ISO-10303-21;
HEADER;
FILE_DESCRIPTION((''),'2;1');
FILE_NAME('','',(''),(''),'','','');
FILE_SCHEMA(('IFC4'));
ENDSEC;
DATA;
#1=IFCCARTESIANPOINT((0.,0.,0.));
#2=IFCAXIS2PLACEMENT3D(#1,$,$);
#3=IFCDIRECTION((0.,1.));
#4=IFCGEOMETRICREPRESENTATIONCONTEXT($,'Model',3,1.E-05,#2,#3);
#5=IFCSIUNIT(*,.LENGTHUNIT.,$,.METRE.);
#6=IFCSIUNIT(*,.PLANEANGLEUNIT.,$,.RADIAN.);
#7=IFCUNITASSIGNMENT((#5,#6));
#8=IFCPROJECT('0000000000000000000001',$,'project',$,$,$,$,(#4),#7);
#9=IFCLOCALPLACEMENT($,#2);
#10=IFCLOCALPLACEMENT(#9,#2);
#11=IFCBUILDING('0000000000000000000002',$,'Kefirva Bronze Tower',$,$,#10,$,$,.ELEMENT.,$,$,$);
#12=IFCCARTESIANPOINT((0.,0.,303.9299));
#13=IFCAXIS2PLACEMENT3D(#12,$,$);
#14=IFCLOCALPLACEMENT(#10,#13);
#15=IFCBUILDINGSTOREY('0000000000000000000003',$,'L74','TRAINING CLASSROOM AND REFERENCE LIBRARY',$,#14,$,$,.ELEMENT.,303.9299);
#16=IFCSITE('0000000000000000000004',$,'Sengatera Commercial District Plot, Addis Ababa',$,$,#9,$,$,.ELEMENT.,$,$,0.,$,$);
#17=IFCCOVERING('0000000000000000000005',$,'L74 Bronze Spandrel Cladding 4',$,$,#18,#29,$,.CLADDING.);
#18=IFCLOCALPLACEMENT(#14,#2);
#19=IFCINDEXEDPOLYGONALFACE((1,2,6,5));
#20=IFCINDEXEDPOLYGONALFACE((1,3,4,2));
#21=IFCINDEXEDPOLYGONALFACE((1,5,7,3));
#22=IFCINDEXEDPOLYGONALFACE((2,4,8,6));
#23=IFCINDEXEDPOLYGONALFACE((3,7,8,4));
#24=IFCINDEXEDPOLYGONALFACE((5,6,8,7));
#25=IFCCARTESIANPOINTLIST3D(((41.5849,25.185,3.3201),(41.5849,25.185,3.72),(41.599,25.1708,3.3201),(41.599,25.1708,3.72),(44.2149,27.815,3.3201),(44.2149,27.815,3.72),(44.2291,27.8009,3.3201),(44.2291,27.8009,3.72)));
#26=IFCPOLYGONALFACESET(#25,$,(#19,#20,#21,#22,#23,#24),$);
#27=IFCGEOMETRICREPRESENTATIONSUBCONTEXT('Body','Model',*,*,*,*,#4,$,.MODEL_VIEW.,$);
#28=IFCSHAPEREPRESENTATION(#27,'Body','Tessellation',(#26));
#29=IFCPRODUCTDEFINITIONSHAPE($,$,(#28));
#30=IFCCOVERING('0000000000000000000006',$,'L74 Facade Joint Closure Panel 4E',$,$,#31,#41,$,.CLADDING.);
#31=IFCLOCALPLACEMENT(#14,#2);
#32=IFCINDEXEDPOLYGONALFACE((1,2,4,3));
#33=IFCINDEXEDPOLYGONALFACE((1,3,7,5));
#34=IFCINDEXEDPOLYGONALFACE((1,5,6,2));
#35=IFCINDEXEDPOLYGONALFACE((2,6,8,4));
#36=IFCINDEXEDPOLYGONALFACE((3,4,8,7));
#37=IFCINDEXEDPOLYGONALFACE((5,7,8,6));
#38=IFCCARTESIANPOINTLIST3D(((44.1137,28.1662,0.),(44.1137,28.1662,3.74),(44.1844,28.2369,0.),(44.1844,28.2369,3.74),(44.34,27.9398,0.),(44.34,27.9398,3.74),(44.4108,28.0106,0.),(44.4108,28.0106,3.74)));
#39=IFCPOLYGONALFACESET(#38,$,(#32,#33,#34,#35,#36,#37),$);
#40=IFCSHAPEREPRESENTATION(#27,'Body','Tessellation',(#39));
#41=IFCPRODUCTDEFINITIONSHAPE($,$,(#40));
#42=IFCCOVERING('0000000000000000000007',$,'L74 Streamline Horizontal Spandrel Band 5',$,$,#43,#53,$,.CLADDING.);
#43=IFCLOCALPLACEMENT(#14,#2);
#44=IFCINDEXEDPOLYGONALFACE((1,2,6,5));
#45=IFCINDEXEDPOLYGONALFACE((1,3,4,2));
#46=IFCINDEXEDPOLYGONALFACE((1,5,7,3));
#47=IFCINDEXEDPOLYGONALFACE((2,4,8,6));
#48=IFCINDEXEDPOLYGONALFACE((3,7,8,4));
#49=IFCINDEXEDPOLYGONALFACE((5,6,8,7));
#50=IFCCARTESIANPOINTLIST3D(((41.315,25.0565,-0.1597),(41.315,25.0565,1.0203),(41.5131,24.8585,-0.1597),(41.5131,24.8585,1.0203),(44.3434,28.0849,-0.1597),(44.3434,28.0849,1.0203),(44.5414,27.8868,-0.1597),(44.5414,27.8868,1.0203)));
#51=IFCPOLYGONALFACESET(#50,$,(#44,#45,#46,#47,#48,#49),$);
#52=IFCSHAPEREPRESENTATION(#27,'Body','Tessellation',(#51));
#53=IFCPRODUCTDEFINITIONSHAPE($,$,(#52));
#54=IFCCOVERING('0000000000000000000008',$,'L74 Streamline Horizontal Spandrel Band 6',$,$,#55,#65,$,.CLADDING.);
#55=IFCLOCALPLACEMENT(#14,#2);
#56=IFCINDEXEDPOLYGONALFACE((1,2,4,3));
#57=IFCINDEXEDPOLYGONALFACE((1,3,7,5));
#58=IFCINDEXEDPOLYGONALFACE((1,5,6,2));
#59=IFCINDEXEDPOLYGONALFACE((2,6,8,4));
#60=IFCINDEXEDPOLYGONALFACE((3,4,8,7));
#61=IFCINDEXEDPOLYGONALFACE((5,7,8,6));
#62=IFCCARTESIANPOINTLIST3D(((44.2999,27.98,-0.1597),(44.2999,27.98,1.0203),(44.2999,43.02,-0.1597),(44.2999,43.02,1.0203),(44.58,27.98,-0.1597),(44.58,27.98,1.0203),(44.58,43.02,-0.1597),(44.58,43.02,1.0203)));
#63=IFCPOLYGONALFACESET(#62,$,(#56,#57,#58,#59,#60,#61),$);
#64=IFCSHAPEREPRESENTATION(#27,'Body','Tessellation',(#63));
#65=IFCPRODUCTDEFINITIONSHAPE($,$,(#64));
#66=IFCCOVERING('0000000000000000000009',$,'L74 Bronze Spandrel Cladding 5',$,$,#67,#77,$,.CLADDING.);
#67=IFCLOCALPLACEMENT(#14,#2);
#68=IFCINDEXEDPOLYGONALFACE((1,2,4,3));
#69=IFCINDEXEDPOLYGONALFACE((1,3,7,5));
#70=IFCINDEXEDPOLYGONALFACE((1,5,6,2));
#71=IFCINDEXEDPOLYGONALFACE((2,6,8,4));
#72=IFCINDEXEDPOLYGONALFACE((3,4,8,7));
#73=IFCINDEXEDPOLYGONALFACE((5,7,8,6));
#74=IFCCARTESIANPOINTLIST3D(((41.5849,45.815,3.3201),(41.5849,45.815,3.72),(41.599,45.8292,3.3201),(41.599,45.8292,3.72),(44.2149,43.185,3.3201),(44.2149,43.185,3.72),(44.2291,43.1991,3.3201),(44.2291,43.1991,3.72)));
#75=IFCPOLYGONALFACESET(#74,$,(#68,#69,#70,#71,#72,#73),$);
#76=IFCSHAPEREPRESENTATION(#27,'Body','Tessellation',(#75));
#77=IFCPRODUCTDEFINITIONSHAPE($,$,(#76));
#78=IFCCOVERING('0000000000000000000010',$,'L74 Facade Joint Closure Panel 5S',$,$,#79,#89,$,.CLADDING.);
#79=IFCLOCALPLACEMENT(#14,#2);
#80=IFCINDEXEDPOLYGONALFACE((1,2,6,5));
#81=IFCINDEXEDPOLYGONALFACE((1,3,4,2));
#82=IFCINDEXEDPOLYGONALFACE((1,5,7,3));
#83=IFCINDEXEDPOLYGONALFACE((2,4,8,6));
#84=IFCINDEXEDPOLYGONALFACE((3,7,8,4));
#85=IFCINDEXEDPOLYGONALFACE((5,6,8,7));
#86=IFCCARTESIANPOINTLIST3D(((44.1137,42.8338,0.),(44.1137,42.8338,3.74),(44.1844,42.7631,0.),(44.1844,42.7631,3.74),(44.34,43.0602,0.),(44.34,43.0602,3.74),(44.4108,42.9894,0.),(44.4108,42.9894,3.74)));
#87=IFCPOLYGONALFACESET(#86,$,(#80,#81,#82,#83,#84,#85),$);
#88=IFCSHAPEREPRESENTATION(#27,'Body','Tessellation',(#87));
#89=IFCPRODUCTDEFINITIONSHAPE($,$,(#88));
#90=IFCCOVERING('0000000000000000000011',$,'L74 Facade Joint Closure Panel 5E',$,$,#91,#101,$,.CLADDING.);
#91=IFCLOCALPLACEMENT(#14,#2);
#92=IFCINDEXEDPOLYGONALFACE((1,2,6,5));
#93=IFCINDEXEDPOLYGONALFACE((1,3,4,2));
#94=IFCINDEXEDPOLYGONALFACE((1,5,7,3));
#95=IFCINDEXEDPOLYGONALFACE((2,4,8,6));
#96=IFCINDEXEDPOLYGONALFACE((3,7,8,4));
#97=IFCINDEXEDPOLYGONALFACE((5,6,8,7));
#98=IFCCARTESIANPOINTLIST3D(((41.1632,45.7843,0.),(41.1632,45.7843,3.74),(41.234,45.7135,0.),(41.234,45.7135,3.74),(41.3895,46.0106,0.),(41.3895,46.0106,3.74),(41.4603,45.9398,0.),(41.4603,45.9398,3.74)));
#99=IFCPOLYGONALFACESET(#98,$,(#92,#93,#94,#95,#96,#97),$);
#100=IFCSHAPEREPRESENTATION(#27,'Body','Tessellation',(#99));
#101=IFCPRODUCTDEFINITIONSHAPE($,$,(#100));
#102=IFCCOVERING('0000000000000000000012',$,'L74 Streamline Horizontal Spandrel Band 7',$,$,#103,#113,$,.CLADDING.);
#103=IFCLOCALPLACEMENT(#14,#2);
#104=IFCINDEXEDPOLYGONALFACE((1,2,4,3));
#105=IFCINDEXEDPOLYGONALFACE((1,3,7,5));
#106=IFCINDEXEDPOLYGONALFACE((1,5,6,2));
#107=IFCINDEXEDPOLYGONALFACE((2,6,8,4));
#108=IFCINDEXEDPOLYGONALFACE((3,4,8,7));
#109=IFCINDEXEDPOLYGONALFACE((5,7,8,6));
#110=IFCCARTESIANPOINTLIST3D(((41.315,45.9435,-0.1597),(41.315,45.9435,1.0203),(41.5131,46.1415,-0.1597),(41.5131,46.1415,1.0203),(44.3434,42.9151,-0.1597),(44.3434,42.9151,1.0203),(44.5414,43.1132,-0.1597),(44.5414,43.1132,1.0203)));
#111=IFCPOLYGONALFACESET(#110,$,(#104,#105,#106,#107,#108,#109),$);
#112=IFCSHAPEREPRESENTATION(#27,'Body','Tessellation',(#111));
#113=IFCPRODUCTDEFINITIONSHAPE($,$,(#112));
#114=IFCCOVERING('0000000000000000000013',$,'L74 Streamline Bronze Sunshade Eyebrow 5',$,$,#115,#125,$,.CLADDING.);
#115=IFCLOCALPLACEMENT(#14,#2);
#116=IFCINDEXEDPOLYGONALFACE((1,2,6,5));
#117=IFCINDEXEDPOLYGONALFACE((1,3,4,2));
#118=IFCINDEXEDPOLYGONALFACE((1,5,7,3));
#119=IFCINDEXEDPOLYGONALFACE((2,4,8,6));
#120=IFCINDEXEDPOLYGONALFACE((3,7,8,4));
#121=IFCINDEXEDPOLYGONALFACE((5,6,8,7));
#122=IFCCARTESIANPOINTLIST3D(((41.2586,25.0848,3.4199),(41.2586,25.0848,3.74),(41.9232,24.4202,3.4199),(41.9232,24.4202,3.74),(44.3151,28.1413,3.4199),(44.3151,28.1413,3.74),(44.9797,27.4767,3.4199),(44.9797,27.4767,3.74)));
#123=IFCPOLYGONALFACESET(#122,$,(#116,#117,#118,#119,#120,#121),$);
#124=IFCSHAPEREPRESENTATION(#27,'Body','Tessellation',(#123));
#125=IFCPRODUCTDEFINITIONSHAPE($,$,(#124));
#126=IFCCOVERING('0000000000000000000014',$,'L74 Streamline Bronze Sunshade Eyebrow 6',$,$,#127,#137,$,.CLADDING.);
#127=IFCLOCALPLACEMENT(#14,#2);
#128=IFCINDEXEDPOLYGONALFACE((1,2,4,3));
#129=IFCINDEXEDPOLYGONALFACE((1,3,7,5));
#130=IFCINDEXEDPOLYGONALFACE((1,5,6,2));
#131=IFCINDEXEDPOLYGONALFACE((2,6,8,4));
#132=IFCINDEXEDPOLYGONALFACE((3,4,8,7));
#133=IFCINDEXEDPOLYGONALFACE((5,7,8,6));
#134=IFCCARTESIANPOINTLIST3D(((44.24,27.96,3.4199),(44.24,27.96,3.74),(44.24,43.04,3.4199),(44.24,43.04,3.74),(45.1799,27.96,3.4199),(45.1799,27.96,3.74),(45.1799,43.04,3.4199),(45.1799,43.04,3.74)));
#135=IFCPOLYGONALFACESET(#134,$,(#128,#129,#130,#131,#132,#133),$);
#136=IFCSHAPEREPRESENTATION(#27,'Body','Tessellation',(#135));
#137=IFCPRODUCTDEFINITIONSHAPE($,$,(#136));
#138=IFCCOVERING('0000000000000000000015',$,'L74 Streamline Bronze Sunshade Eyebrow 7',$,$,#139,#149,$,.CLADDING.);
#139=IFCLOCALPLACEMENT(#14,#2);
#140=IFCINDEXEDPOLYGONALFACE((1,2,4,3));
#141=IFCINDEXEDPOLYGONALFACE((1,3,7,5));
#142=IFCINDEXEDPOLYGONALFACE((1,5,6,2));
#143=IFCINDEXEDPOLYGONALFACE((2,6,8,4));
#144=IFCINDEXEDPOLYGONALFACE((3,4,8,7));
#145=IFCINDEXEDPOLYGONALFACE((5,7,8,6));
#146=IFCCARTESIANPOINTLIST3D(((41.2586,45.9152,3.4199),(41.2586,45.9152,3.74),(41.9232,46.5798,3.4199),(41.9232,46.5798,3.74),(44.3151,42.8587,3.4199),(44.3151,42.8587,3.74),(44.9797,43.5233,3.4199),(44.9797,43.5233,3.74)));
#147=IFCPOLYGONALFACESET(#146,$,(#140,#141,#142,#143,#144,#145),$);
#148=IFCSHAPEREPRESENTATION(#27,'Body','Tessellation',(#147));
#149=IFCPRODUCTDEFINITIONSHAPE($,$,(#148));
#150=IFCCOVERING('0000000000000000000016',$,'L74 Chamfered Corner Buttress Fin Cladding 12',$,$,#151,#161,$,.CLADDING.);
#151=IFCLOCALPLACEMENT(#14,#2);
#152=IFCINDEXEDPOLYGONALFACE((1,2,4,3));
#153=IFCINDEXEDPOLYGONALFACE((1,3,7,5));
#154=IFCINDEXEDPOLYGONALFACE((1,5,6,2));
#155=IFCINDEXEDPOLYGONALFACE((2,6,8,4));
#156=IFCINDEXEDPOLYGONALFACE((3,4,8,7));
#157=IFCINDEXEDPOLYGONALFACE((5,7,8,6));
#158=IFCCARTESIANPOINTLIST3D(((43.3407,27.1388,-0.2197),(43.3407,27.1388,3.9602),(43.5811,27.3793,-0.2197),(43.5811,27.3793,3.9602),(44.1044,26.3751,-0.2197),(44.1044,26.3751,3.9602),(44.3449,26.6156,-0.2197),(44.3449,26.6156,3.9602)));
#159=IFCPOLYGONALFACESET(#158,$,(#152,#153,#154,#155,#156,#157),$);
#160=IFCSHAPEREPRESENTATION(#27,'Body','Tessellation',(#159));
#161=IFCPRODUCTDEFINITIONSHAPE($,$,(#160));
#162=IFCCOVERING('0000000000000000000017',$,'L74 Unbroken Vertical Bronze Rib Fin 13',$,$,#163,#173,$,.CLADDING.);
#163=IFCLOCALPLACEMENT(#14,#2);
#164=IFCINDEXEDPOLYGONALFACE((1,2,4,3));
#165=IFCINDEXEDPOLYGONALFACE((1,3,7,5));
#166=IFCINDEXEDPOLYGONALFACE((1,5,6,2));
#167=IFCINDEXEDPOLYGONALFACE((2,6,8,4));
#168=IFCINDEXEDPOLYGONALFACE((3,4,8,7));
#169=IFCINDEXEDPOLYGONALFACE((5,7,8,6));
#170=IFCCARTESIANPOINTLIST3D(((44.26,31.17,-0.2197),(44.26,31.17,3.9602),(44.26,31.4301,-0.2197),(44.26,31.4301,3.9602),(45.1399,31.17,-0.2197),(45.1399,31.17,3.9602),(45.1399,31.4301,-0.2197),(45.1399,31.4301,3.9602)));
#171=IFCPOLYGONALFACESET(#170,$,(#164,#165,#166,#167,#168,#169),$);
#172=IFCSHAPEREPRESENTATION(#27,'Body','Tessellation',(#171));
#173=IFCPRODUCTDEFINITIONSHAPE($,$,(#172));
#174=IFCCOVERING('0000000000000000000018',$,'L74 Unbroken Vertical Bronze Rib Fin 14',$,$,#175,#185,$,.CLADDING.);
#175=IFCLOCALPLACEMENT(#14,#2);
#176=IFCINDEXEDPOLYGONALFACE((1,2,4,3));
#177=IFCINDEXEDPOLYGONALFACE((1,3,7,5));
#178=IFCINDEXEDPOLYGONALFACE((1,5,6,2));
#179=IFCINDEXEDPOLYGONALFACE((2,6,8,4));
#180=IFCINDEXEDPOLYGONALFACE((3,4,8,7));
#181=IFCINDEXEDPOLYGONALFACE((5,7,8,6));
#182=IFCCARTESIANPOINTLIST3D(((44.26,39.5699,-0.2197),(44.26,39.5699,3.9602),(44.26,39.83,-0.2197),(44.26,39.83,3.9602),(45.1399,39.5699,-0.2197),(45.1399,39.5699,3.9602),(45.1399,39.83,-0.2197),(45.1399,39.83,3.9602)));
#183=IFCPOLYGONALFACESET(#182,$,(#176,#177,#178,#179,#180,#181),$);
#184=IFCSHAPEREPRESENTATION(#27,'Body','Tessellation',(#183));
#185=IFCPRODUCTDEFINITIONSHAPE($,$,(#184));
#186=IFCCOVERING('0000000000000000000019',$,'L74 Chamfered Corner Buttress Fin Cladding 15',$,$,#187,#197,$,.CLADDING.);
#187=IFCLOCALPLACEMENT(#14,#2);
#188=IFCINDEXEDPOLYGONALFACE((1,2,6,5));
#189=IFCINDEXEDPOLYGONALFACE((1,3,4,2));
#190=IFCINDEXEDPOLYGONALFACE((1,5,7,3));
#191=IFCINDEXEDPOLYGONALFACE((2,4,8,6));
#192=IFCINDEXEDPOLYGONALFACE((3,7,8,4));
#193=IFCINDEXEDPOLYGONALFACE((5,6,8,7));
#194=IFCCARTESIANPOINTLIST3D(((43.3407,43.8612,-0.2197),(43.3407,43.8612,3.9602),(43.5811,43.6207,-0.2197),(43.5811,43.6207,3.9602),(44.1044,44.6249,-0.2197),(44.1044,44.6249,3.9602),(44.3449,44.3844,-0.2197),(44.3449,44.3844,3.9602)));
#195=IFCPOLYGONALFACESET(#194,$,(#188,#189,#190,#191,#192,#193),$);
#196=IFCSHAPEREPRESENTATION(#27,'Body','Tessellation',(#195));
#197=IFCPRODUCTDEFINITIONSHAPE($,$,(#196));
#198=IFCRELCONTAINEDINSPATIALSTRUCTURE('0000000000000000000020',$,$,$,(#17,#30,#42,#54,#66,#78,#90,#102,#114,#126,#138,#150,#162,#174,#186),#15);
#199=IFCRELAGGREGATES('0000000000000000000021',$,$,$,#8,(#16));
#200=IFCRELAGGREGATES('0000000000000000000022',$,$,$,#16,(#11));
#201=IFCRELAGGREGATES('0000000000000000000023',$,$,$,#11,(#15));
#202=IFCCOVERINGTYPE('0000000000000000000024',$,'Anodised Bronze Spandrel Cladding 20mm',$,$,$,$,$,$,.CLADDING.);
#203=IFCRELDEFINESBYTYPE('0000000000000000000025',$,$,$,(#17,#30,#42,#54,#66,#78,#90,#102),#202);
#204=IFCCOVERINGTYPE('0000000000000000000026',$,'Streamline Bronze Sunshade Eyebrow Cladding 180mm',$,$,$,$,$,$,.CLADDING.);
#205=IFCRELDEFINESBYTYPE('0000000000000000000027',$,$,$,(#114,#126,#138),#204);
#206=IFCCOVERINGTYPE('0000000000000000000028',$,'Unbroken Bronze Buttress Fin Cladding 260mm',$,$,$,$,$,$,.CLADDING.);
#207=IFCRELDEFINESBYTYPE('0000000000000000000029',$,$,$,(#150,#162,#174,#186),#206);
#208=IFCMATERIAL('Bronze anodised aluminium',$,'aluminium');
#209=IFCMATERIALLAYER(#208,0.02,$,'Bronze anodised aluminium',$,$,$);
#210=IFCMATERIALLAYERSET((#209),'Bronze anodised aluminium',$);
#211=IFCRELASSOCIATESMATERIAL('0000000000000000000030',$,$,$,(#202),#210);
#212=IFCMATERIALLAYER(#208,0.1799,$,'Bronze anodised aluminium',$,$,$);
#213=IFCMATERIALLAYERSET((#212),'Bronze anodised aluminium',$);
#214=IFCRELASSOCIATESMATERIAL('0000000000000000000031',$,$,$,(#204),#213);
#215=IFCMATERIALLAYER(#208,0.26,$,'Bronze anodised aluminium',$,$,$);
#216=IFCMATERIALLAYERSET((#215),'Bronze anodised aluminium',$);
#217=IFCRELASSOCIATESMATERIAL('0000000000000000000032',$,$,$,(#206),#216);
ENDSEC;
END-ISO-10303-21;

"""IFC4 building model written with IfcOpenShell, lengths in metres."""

from ifc_helpers import new_model, si_unit, direction, frame, origin, origin_2d, place, context, subcontext, project, spatial, rectangle, extrude, material, layer, layer_set, type_object, element, save


model = new_model("IFC4")

# Units and contexts
model_context = context("Model", 3, precision=1e-05, world=origin(), true_north=direction((0.0, 1.0)))
body_context = subcontext(model_context, "Body", "Model", "MODEL_VIEW")
ifc_project = project(units=[si_unit("LENGTHUNIT", "METRE"), si_unit("PLANEANGLEUNIT", "RADIAN")], contexts=[model_context])

# Site, building, storey
site_placement = place(None, origin())
site = spatial("IfcSite", under=ifc_project, at=site_placement, Name="Sengatera Commercial District Plot, Addis Ababa", CompositionType="ELEMENT", RefElevation=0.0)
building_placement = place(site_placement, origin())
building = spatial("IfcBuilding", under=site, at=building_placement, Name="Kefirva Bronze Tower", CompositionType="ELEMENT")
storey_placement = place(building_placement, frame((0.0, 0.0, 303.9299)))
storey = spatial("IfcBuildingStorey", under=building, at=storey_placement, Name="L74", Description="TRAINING CLASSROOM AND REFERENCE LIBRARY", CompositionType="ELEMENT", Elevation=303.9299)

# Shared definitions
ifc_material_1 = material(Name="Bronze anodised aluminium", Category="aluminium")

# Coverings
ifc_layer_1 = layer(ifc_material_1, 0.02, Name="Bronze anodised aluminium")
ifc_layer_set_1 = layer_set([ifc_layer_1], Name="Bronze anodised aluminium")
covering_type_1 = type_object("IfcCoveringType", Name="Anodised Bronze Spandrel Cladding 20mm", PredefinedType="CLADDING", material=ifc_layer_set_1)
covering_1_placement = place(storey_placement, frame((42.907, 26.4929, 3.3201), z_axis=(0.0, 0.0, 1.0), x_axis=(0.707107, 0.707107, 0.0)))
element("IfcCovering", 1, at=covering_1_placement, inside=storey, type_object=covering_type_1, Name="L74 Bronze Spandrel Cladding 4", PredefinedType="CLADDING", context=body_context, shape_type="SweptSolid", body=[
    extrude(rectangle(XDim=3.7195, YDim=0.02, at=origin_2d()), origin(), (0.0, 0.0, 1.0), 0.3999),
])
covering_2_placement = place(storey_placement, frame((44.2622, 28.0884, 0.0), z_axis=(0.0, 0.0, 1.0), x_axis=(0.707107, 0.707107, 0.0)))
element("IfcCovering", 2, at=covering_2_placement, inside=storey, type_object=covering_type_1, Name="L74 Facade Joint Closure Panel 4E", PredefinedType="CLADDING", context=body_context, shape_type="SweptSolid", body=[
    extrude(rectangle(XDim=0.1001, YDim=0.3201, at=origin_2d()), origin(), (0.0, 0.0, 1.0), 3.74),
])
covering_3_placement = place(storey_placement, frame((42.9282, 26.4717, -0.1597), z_axis=(0.0, 0.0, 1.0), x_axis=(0.707107, 0.707107, 0.0)))
element("IfcCovering", 3, at=covering_3_placement, inside=storey, type_object=covering_type_1, Name="L74 Streamline Horizontal Spandrel Band 5", PredefinedType="CLADDING", context=body_context, shape_type="SweptSolid", body=[
    extrude(rectangle(XDim=4.2827, YDim=0.28, at=origin_2d()), origin(), (0.0, 0.0, 1.0), 1.1799),
])
covering_4_placement = place(storey_placement, frame((44.4399, 35.5, -0.1597), z_axis=(0.0, 0.0, 1.0), x_axis=(0.0, 1.0, 0.0)))
element("IfcCovering", 4, at=covering_4_placement, inside=storey, type_object=covering_type_1, Name="L74 Streamline Horizontal Spandrel Band 6", PredefinedType="CLADDING", context=body_context, shape_type="SweptSolid", body=[
    extrude(rectangle(XDim=15.04, YDim=0.28, at=origin_2d()), origin(), (0.0, 0.0, 1.0), 1.1799),
])
covering_5_placement = place(storey_placement, frame((42.907, 44.5071, 3.3201), z_axis=(0.0, 0.0, 1.0), x_axis=(-0.707107, 0.707107, 0.0)))
element("IfcCovering", 5, at=covering_5_placement, inside=storey, type_object=covering_type_1, Name="L74 Bronze Spandrel Cladding 5", PredefinedType="CLADDING", context=body_context, shape_type="SweptSolid", body=[
    extrude(rectangle(XDim=3.7195, YDim=0.02, at=origin_2d()), origin(), (0.0, 0.0, 1.0), 0.3999),
])
for number, where, z_axis, x_axis, name in (
    (6, (44.2622, 42.9116, 0.0), (0.0, 0.0, 1.0), (-0.707107, 0.707107, 0.0), "L74 Facade Joint Closure Panel 5S"),
    (7, (41.3118, 45.8621, 0.0), (0.0, 0.0, 1.0), (-0.707107, 0.707107, 0.0), "L74 Facade Joint Closure Panel 5E"),
):
    element("IfcCovering", number, at=place(storey_placement, frame(where, z_axis=z_axis, x_axis=x_axis)), inside=storey, type_object=covering_type_1, Name=name, PredefinedType="CLADDING", context=body_context, shape_type="SweptSolid", body=[
        extrude(rectangle(XDim=0.1001, YDim=0.3201, at=origin_2d()), origin(), (0.0, 0.0, 1.0), 3.74),
    ])
covering_6_placement = place(storey_placement, frame((42.9282, 44.5283, -0.1597), z_axis=(0.0, 0.0, 1.0), x_axis=(-0.707107, 0.707107, 0.0)))
element("IfcCovering", 8, at=covering_6_placement, inside=storey, type_object=covering_type_1, Name="L74 Streamline Horizontal Spandrel Band 7", PredefinedType="CLADDING", context=body_context, shape_type="SweptSolid", body=[
    extrude(rectangle(XDim=4.2827, YDim=0.28, at=origin_2d()), origin(), (0.0, 0.0, 1.0), 1.1799),
])
ifc_layer_2 = layer(ifc_material_1, 0.1799, Name="Bronze anodised aluminium")
ifc_layer_set_2 = layer_set([ifc_layer_2], Name="Bronze anodised aluminium")
covering_type_2 = type_object("IfcCoveringType", Name="Streamline Bronze Sunshade Eyebrow Cladding 180mm", PredefinedType="CLADDING", material=ifc_layer_set_2)
covering_7_placement = place(storey_placement, frame((43.1191, 26.2808, 3.4199), z_axis=(0.0, 0.0, 1.0), x_axis=(0.707107, 0.707107, 0.0)))
element("IfcCovering", 9, at=covering_7_placement, inside=storey, type_object=covering_type_2, Name="L74 Streamline Bronze Sunshade Eyebrow 5", PredefinedType="CLADDING", context=body_context, shape_type="SweptSolid", body=[
    extrude(rectangle(XDim=4.3225, YDim=0.9399, at=origin_2d()), origin(), (0.0, 0.0, 1.0), 0.3201),
])
covering_8_placement = place(storey_placement, frame((44.71, 35.5, 3.4199), z_axis=(0.0, 0.0, 1.0), x_axis=(0.0, 1.0, 0.0)))
element("IfcCovering", 10, at=covering_8_placement, inside=storey, type_object=covering_type_2, Name="L74 Streamline Bronze Sunshade Eyebrow 6", PredefinedType="CLADDING", context=body_context, shape_type="SweptSolid", body=[
    extrude(rectangle(XDim=15.0801, YDim=0.9399, at=origin_2d()), origin(), (0.0, 0.0, 1.0), 0.3201),
])
covering_9_placement = place(storey_placement, frame((43.1191, 44.7192, 3.4199), z_axis=(0.0, 0.0, 1.0), x_axis=(-0.707107, 0.707107, 0.0)))
element("IfcCovering", 11, at=covering_9_placement, inside=storey, type_object=covering_type_2, Name="L74 Streamline Bronze Sunshade Eyebrow 7", PredefinedType="CLADDING", context=body_context, shape_type="SweptSolid", body=[
    extrude(rectangle(XDim=4.3225, YDim=0.9399, at=origin_2d()), origin(), (0.0, 0.0, 1.0), 0.3201),
])
ifc_layer_3 = layer(ifc_material_1, 0.26, Name="Bronze anodised aluminium")
ifc_layer_set_3 = layer_set([ifc_layer_3], Name="Bronze anodised aluminium")
covering_type_3 = type_object("IfcCoveringType", Name="Unbroken Bronze Buttress Fin Cladding 260mm", PredefinedType="CLADDING", material=ifc_layer_set_3)
covering_10_placement = place(storey_placement, frame((43.8428, 26.8772, -0.2197), z_axis=(0.0, 0.0, 1.0), x_axis=(0.707107, 0.707107, 0.0)))
element("IfcCovering", 12, at=covering_10_placement, inside=storey, type_object=covering_type_3, Name="L74 Chamfered Corner Buttress Fin Cladding 12", PredefinedType="CLADDING", context=body_context, shape_type="SweptSolid", body=[
    extrude(rectangle(XDim=0.3401, YDim=1.0801, at=origin_2d()), origin(), (0.0, 0.0, 1.0), 4.1799),
])
for number, where, z_axis, x_axis, name in (
    (13, (44.7, 31.3, -0.2197), (0.0, 0.0, 1.0), (0.0, 1.0, 0.0), "L74 Unbroken Vertical Bronze Rib Fin 13"),
    (14, (44.7, 39.7, -0.2197), (0.0, 0.0, 1.0), (0.0, 1.0, 0.0), "L74 Unbroken Vertical Bronze Rib Fin 14"),
):
    element("IfcCovering", number, at=place(storey_placement, frame(where, z_axis=z_axis, x_axis=x_axis)), inside=storey, type_object=covering_type_3, Name=name, PredefinedType="CLADDING", context=body_context, shape_type="SweptSolid", body=[
        extrude(rectangle(XDim=0.26, YDim=0.8799, at=origin_2d()), origin(), (0.0, 0.0, 1.0), 4.1799),
    ])
for number, where, z_axis, x_axis, name in (
    (15, (43.8428, 44.1228, -0.2197), (0.0, 0.0, 1.0), (-0.707107, 0.707107, 0.0), "L74 Chamfered Corner Buttress Fin Cladding 15"),
):
    element("IfcCovering", number, at=place(storey_placement, frame(where, z_axis=z_axis, x_axis=x_axis)), inside=storey, type_object=covering_type_3, Name=name, PredefinedType="CLADDING", context=body_context, shape_type="SweptSolid", body=[
        extrude(rectangle(XDim=0.3401, YDim=1.0801, at=origin_2d()), origin(), (0.0, 0.0, 1.0), 4.1799),
    ])

save(model, "model.ifc")
